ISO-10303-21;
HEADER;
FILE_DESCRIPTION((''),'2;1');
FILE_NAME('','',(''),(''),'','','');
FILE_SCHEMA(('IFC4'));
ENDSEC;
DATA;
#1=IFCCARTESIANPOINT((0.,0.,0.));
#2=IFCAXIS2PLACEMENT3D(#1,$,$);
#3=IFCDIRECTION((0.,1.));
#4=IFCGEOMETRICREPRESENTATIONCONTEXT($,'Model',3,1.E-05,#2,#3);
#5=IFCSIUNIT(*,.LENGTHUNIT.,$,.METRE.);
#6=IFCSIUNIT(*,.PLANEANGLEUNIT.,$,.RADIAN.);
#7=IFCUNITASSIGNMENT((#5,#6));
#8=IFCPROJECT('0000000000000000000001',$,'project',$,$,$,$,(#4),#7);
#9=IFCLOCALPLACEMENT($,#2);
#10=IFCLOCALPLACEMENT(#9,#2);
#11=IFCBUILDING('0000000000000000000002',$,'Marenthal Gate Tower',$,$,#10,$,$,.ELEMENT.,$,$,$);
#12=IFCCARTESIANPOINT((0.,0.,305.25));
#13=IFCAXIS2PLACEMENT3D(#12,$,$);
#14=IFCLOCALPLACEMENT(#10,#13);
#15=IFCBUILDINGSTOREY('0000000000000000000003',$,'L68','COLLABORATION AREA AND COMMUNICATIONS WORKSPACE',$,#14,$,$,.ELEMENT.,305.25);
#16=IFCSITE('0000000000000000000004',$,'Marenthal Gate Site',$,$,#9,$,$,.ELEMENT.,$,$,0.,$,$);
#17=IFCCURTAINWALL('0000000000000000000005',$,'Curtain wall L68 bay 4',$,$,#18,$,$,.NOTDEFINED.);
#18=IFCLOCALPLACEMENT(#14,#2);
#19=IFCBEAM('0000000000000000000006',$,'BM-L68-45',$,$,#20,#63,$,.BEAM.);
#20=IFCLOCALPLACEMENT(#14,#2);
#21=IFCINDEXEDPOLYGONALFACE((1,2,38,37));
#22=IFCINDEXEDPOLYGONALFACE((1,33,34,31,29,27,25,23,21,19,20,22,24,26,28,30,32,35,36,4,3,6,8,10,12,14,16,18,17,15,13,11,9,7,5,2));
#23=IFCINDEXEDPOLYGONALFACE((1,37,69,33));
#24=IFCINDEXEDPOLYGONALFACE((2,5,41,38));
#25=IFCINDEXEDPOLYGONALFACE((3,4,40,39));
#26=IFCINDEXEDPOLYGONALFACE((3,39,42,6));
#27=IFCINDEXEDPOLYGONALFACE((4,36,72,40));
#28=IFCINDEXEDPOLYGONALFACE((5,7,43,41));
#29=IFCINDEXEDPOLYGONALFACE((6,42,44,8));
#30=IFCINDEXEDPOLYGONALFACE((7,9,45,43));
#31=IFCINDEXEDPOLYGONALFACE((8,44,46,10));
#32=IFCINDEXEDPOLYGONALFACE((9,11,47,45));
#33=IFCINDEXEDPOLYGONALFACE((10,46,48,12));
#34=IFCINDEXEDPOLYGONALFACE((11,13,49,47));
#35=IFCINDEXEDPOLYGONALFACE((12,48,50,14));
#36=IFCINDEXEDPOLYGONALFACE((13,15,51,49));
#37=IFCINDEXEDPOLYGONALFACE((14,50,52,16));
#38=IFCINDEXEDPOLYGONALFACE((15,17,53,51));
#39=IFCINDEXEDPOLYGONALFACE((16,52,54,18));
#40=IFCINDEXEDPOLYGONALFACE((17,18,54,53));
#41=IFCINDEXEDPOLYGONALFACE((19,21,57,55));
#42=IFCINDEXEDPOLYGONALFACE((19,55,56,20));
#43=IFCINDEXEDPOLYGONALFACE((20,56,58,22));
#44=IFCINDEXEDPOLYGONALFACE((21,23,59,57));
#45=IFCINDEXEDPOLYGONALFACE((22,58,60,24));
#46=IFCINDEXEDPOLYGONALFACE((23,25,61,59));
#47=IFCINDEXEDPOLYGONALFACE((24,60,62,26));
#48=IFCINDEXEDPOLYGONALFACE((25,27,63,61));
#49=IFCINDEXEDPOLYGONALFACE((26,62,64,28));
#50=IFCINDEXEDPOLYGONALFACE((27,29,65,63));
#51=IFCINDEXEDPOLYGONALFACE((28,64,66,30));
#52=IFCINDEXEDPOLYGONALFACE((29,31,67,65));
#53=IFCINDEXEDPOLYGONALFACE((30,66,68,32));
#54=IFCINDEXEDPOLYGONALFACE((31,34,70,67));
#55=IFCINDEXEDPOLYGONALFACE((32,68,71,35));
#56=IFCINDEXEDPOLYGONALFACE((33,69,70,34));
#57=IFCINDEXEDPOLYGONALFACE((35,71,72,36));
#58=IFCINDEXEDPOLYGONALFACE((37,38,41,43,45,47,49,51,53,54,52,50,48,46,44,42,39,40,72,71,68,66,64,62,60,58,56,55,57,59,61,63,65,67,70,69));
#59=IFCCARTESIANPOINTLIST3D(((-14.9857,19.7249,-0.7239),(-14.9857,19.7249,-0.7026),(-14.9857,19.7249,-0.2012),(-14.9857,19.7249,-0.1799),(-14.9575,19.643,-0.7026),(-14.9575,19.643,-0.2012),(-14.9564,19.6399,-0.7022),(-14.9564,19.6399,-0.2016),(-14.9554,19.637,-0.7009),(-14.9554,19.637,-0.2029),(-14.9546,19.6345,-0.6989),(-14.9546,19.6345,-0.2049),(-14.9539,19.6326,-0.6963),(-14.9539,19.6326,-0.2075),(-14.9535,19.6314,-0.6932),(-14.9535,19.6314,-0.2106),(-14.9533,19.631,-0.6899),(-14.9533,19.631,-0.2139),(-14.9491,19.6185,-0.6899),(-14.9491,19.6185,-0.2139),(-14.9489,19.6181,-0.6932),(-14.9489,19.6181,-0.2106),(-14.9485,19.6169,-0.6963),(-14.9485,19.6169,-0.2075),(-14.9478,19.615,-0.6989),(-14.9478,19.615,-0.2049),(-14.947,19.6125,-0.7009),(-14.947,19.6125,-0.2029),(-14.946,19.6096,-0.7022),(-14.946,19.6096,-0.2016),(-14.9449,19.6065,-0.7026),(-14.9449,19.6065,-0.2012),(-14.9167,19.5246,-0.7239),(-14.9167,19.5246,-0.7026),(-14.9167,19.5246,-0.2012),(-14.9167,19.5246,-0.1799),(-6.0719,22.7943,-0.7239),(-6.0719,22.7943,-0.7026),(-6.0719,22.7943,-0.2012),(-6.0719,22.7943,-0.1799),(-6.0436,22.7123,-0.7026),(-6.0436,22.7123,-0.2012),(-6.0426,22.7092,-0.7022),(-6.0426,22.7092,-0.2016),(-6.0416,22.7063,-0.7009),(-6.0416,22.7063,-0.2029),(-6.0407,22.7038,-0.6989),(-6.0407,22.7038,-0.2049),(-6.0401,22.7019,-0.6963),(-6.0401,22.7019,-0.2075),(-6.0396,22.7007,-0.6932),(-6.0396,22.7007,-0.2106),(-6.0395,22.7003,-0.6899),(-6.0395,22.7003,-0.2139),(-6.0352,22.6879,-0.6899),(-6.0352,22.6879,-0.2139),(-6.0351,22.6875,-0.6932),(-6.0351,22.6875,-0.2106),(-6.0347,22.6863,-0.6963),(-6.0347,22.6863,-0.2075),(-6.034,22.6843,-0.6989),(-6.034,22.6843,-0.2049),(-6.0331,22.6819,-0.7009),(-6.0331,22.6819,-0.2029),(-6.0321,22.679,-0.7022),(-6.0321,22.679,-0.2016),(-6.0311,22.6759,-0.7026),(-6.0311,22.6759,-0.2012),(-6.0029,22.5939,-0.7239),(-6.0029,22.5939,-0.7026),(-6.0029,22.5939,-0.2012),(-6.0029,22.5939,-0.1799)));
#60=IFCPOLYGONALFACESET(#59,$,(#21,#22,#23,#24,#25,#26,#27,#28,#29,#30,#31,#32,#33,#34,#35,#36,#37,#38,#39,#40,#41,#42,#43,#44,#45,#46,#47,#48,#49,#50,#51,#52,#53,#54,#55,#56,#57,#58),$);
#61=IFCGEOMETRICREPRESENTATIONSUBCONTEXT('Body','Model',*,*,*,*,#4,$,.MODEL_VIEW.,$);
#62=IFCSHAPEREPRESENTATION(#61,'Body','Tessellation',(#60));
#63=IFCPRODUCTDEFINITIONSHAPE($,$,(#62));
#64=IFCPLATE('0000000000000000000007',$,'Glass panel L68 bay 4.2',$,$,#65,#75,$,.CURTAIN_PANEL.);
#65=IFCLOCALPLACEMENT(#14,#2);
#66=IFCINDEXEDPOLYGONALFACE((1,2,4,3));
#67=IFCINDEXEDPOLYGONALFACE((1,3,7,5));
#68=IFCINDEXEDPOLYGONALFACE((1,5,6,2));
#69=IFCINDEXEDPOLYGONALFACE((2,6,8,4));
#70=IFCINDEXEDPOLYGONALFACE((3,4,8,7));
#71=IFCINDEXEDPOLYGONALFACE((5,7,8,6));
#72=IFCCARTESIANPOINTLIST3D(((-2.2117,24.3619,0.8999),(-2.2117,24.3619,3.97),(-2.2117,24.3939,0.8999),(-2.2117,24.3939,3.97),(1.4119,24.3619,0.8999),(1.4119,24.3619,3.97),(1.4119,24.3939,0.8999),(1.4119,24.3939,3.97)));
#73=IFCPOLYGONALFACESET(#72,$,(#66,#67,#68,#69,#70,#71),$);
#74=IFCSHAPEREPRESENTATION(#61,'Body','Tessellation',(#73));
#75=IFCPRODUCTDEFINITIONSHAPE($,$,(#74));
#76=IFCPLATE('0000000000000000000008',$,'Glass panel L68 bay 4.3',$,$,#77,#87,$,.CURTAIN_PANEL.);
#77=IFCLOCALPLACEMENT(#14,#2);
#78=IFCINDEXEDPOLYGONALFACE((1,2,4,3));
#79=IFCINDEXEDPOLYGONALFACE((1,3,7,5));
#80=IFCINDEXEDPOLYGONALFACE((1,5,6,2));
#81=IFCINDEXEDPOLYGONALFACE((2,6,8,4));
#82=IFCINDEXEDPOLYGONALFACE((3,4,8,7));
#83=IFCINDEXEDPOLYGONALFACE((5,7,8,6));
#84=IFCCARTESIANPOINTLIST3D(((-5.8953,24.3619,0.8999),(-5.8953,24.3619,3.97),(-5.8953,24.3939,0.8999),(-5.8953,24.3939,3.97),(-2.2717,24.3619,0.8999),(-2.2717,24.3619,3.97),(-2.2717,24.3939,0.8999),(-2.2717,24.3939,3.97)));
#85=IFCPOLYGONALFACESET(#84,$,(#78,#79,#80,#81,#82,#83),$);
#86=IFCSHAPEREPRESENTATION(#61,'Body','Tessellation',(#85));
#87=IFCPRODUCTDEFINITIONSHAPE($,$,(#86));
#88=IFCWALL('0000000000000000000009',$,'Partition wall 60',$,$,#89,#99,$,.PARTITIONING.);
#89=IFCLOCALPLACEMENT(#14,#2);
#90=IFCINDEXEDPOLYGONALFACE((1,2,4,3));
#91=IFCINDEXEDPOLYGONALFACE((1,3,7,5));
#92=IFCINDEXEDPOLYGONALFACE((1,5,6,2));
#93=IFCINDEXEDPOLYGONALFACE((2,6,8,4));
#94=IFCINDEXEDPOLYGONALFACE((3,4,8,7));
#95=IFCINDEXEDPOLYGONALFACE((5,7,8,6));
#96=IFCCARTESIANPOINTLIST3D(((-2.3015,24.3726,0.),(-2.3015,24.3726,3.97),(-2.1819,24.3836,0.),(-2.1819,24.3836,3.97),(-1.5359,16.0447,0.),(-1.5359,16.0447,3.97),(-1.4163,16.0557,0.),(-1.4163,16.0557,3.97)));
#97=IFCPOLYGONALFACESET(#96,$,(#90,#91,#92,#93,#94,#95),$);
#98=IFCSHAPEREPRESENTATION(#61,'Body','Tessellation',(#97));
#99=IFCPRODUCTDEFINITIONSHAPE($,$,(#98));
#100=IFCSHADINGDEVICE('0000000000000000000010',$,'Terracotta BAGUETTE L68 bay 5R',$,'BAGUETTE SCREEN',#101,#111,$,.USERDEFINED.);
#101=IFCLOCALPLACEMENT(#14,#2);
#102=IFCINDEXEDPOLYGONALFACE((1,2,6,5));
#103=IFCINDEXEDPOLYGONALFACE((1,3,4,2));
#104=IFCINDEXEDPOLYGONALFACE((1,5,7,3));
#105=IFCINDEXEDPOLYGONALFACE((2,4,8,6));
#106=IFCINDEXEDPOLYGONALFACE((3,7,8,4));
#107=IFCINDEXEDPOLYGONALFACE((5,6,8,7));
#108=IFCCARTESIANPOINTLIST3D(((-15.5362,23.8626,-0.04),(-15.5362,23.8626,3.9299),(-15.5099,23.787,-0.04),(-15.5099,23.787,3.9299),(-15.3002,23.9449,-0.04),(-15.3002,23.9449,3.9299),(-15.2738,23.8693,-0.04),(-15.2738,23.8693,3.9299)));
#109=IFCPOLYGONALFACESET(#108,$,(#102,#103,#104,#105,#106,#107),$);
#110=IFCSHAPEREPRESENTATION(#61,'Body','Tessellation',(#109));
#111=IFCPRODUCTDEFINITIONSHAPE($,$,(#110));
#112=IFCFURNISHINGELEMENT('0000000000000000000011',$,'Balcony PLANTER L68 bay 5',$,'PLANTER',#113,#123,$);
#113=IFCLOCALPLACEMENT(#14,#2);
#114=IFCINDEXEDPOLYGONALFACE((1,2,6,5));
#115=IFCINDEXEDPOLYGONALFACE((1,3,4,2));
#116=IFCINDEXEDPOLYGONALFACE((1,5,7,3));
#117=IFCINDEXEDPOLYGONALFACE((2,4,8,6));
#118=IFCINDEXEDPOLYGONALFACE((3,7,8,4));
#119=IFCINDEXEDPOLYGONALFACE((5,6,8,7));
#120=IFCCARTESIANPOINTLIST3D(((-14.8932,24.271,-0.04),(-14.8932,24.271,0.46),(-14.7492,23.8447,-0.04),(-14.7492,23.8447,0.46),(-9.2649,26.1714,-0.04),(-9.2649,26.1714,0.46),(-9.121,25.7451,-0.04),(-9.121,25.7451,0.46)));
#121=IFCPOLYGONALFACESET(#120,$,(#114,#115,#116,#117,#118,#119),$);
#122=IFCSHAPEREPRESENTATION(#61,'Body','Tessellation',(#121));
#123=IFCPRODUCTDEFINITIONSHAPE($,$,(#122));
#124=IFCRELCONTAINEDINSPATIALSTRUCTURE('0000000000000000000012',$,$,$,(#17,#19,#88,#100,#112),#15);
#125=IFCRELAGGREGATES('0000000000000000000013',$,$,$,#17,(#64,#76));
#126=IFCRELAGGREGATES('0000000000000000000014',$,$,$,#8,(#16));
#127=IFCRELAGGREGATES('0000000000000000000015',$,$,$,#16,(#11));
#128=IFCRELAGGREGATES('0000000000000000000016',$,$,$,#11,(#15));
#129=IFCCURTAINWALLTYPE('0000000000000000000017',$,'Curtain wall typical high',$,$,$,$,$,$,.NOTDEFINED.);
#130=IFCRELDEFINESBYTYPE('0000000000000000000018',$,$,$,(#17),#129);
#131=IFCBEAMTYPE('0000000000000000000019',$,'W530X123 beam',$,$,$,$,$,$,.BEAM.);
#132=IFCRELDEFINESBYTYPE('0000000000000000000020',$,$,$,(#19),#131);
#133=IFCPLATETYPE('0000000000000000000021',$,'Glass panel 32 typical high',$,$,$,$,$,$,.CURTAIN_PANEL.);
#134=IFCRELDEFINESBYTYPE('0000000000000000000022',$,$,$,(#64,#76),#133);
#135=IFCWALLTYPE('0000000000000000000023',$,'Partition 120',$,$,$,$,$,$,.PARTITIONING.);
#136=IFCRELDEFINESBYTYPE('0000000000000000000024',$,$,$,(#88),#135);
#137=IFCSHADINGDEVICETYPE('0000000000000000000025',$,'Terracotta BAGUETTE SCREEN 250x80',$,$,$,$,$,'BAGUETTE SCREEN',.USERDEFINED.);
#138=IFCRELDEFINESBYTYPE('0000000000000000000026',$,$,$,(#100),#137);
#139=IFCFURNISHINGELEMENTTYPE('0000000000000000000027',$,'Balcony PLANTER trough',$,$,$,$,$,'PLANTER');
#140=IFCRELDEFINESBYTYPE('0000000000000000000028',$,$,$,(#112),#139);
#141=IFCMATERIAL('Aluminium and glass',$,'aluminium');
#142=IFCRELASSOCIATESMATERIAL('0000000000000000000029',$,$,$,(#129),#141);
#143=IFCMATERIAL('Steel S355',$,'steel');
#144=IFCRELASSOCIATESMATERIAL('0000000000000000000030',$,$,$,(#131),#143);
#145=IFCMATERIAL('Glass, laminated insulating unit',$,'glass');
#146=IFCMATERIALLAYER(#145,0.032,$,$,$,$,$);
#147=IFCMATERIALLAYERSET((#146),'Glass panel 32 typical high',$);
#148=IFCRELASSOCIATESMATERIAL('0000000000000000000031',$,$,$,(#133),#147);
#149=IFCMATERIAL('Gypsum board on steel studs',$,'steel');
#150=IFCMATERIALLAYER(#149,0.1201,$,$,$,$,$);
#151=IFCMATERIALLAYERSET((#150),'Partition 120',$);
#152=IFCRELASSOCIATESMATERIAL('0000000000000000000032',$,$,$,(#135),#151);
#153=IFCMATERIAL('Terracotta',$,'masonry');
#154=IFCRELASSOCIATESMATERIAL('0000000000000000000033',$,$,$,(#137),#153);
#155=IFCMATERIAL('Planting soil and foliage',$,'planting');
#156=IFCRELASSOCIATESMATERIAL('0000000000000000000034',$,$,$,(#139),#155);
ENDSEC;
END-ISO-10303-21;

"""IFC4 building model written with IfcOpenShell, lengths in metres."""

from ifc_helpers import new_model, si_unit, direction, frame, frame_2d, origin, origin_2d, place, context, subcontext, project, spatial, rectangle, i_section, extrude, material, layer, layer_set, material_profile, profile_set, type_object, element, aggregate, save


model = new_model("IFC4")

# Units and contexts
model_context = context("Model", 3, precision=1e-05, world=origin(), true_north=direction((0.0, 1.0)))
body_context = subcontext(model_context, "Body", "Model", "MODEL_VIEW")
ifc_project = project(units=[si_unit("LENGTHUNIT", "METRE"), si_unit("PLANEANGLEUNIT", "RADIAN")], contexts=[model_context])

# Site, building, storey
site_placement = place(None, origin())
site = spatial("IfcSite", under=ifc_project, at=site_placement, Name="Marenthal Gate Site", CompositionType="ELEMENT", RefElevation=0.0)
building_placement = place(site_placement, origin())
building = spatial("IfcBuilding", under=site, at=building_placement, Name="Marenthal Gate Tower", CompositionType="ELEMENT")
storey_placement = place(building_placement, frame((0.0, 0.0, 305.25)))
storey = spatial("IfcBuildingStorey", under=building, at=storey_placement, Name="L68", Description="COLLABORATION AREA AND COMMUNICATIONS WORKSPACE", CompositionType="ELEMENT", Elevation=305.25)

# Curtain wall
ifc_material_1 = material(Name="Aluminium and glass", Category="aluminium")
curtain_wall_type = type_object("IfcCurtainWallType", Name="Curtain wall typical high", PredefinedType="NOTDEFINED", material=ifc_material_1)
curtain_wall_placement = place(storey_placement, origin())
curtain_wall = element("IfcCurtainWall", 1, at=curtain_wall_placement, inside=storey, type_object=curtain_wall_type, Name="Curtain wall L68 bay 4", PredefinedType="NOTDEFINED")

# Beam
ifc_material_2 = material(Name="Steel S355", Category="steel")
ifc_material_profile_1 = material_profile(ifc_material_2, i_section(OverallWidth=0.2119, OverallDepth=0.5439, WebThickness=0.0132, FlangeThickness=0.0212, FilletRadius=0.0127, at=origin_2d()), Name="W530X123")
ifc_profile_set_1 = profile_set([ifc_material_profile_1], Name="Steel S355")
beam_type_1 = type_object("IfcBeamType", Name="W530X123 beam", PredefinedType="BEAM", material=ifc_profile_set_1)
beam_1_placement = place(storey_placement, frame((-6.0374, 22.6941, -0.4519), z_axis=(-0.945517, -0.325574, 0.0), x_axis=(0.325574, -0.945517, 0.0)))
element("IfcBeam", 2, at=beam_1_placement, inside=storey, type_object=beam_type_1, Name="BM-L68-45", PredefinedType="BEAM", context=body_context, shape_type="SweptSolid", body=[
    extrude(i_section(OverallWidth=0.2119, OverallDepth=0.5439, WebThickness=0.0132, FlangeThickness=0.0212, FilletRadius=0.0127, at=origin_2d()), origin(), (0.0, 0.0, 1.0), 9.4275),
])

# Plates
ifc_material_3 = material(Name="Glass, laminated insulating unit", Category="glass")
ifc_layer_1 = layer(ifc_material_3, 0.032)
ifc_layer_set_1 = layer_set([ifc_layer_1], Name="Glass panel 32 typical high")
plate_type = type_object("IfcPlateType", Name="Glass panel 32 typical high", PredefinedType="CURTAIN_PANEL", material=ifc_layer_set_1)
plate_1_placement = place(storey_placement, frame((-0.3999, 24.3779, 0.8999), z_axis=(0.0, 0.0, 1.0), x_axis=(-1.0, 0.0, 0.0)))
plate_1 = element("IfcPlate", 3, at=plate_1_placement, type_object=plate_type, Name="Glass panel L68 bay 4.2", PredefinedType="CURTAIN_PANEL", context=body_context, shape_type="SweptSolid", body=[
    extrude(rectangle(XDim=3.6235, YDim=0.032, at=origin_2d()), origin(), (0.0, 0.0, 1.0), 3.0701),
])
plate_2_placement = place(storey_placement, frame((-4.0835, 24.3779, 0.8999), z_axis=(0.0, 0.0, 1.0), x_axis=(-1.0, 0.0, 0.0)))
plate_2 = element("IfcPlate", 4, at=plate_2_placement, type_object=plate_type, Name="Glass panel L68 bay 4.3", PredefinedType="CURTAIN_PANEL", context=body_context, shape_type="SweptSolid", body=[
    extrude(rectangle(XDim=3.6235, YDim=0.032, at=origin_2d()), origin(), (0.0, 0.0, 1.0), 3.0701),
])
aggregate(curtain_wall, [plate_1, plate_2])

# Wall
ifc_material_4 = material(Name="Gypsum board on steel studs", Category="steel")
ifc_layer_2 = layer(ifc_material_4, 0.1201)
ifc_layer_set_2 = layer_set([ifc_layer_2], Name="Partition 120")
wall_type_1 = type_object("IfcWallType", Name="Partition 120", PredefinedType="PARTITIONING", material=ifc_layer_set_2)
wall_1_placement = place(storey_placement, frame((-1.4761, 16.05, 0.0), z_axis=(0.0, 0.0, 1.0), x_axis=(-0.091549, 0.995801, 0.0)))
element("IfcWall", 5, at=wall_1_placement, inside=storey, type_object=wall_type_1, Name="Partition wall 60", PredefinedType="PARTITIONING", context=body_context, shape_type="SweptSolid", body=[
    extrude(rectangle(XDim=8.363, YDim=0.1201, at=frame_2d((4.1816, 0.0))), origin(), (0.0, 0.0, 1.0), 3.97),
])

# Shading device
ifc_material_5 = material(Name="Terracotta", Category="masonry")
ifc_material_profile_2 = material_profile(ifc_material_5, rectangle(XDim=0.25, YDim=0.0801, at=origin_2d()), Name="Terracotta baguette 250x80")
ifc_profile_set_2 = profile_set([ifc_material_profile_2], Name="Terracotta")
shading_device_type = type_object("IfcShadingDeviceType", Name="Terracotta BAGUETTE SCREEN 250x80", ElementType="BAGUETTE SCREEN", PredefinedType="USERDEFINED", material=ifc_profile_set_2)
shading_device_placement = place(storey_placement, frame((-15.405, 23.866, -0.04), z_axis=(0.0, 0.0, 1.0), x_axis=(-0.94428, -0.329144, 0.0)))
element("IfcShadingDevice", 6, at=shading_device_placement, inside=storey, type_object=shading_device_type, Name="Terracotta BAGUETTE L68 bay 5R", ObjectType="BAGUETTE SCREEN", PredefinedType="USERDEFINED", context=body_context, shape_type="SweptSolid", body=[
    extrude(rectangle(XDim=0.25, YDim=0.0801, at=origin_2d()), origin(), (0.0, 0.0, 1.0), 3.97),
])

# Furnishing element
ifc_material_6 = material(Name="Planting soil and foliage", Category="planting")
furnishing_element_type = type_object("IfcFurnishingElementType", Name="Balcony PLANTER trough", ElementType="PLANTER", material=ifc_material_6)
furnishing_placement = place(storey_placement, frame((-12.0071, 25.0081, -0.04), z_axis=(0.0, 0.0, 1.0), x_axis=(-0.947448, -0.31991, 0.0)))
element("IfcFurnishingElement", 7, at=furnishing_placement, inside=storey, type_object=furnishing_element_type, Name="Balcony PLANTER L68 bay 5", ObjectType="PLANTER", context=body_context, shape_type="SweptSolid", body=[
    extrude(rectangle(XDim=5.9404, YDim=0.45, at=origin_2d()), origin(), (0.0, 0.0, 1.0), 0.5),
])

save(model, "model.ifc")
